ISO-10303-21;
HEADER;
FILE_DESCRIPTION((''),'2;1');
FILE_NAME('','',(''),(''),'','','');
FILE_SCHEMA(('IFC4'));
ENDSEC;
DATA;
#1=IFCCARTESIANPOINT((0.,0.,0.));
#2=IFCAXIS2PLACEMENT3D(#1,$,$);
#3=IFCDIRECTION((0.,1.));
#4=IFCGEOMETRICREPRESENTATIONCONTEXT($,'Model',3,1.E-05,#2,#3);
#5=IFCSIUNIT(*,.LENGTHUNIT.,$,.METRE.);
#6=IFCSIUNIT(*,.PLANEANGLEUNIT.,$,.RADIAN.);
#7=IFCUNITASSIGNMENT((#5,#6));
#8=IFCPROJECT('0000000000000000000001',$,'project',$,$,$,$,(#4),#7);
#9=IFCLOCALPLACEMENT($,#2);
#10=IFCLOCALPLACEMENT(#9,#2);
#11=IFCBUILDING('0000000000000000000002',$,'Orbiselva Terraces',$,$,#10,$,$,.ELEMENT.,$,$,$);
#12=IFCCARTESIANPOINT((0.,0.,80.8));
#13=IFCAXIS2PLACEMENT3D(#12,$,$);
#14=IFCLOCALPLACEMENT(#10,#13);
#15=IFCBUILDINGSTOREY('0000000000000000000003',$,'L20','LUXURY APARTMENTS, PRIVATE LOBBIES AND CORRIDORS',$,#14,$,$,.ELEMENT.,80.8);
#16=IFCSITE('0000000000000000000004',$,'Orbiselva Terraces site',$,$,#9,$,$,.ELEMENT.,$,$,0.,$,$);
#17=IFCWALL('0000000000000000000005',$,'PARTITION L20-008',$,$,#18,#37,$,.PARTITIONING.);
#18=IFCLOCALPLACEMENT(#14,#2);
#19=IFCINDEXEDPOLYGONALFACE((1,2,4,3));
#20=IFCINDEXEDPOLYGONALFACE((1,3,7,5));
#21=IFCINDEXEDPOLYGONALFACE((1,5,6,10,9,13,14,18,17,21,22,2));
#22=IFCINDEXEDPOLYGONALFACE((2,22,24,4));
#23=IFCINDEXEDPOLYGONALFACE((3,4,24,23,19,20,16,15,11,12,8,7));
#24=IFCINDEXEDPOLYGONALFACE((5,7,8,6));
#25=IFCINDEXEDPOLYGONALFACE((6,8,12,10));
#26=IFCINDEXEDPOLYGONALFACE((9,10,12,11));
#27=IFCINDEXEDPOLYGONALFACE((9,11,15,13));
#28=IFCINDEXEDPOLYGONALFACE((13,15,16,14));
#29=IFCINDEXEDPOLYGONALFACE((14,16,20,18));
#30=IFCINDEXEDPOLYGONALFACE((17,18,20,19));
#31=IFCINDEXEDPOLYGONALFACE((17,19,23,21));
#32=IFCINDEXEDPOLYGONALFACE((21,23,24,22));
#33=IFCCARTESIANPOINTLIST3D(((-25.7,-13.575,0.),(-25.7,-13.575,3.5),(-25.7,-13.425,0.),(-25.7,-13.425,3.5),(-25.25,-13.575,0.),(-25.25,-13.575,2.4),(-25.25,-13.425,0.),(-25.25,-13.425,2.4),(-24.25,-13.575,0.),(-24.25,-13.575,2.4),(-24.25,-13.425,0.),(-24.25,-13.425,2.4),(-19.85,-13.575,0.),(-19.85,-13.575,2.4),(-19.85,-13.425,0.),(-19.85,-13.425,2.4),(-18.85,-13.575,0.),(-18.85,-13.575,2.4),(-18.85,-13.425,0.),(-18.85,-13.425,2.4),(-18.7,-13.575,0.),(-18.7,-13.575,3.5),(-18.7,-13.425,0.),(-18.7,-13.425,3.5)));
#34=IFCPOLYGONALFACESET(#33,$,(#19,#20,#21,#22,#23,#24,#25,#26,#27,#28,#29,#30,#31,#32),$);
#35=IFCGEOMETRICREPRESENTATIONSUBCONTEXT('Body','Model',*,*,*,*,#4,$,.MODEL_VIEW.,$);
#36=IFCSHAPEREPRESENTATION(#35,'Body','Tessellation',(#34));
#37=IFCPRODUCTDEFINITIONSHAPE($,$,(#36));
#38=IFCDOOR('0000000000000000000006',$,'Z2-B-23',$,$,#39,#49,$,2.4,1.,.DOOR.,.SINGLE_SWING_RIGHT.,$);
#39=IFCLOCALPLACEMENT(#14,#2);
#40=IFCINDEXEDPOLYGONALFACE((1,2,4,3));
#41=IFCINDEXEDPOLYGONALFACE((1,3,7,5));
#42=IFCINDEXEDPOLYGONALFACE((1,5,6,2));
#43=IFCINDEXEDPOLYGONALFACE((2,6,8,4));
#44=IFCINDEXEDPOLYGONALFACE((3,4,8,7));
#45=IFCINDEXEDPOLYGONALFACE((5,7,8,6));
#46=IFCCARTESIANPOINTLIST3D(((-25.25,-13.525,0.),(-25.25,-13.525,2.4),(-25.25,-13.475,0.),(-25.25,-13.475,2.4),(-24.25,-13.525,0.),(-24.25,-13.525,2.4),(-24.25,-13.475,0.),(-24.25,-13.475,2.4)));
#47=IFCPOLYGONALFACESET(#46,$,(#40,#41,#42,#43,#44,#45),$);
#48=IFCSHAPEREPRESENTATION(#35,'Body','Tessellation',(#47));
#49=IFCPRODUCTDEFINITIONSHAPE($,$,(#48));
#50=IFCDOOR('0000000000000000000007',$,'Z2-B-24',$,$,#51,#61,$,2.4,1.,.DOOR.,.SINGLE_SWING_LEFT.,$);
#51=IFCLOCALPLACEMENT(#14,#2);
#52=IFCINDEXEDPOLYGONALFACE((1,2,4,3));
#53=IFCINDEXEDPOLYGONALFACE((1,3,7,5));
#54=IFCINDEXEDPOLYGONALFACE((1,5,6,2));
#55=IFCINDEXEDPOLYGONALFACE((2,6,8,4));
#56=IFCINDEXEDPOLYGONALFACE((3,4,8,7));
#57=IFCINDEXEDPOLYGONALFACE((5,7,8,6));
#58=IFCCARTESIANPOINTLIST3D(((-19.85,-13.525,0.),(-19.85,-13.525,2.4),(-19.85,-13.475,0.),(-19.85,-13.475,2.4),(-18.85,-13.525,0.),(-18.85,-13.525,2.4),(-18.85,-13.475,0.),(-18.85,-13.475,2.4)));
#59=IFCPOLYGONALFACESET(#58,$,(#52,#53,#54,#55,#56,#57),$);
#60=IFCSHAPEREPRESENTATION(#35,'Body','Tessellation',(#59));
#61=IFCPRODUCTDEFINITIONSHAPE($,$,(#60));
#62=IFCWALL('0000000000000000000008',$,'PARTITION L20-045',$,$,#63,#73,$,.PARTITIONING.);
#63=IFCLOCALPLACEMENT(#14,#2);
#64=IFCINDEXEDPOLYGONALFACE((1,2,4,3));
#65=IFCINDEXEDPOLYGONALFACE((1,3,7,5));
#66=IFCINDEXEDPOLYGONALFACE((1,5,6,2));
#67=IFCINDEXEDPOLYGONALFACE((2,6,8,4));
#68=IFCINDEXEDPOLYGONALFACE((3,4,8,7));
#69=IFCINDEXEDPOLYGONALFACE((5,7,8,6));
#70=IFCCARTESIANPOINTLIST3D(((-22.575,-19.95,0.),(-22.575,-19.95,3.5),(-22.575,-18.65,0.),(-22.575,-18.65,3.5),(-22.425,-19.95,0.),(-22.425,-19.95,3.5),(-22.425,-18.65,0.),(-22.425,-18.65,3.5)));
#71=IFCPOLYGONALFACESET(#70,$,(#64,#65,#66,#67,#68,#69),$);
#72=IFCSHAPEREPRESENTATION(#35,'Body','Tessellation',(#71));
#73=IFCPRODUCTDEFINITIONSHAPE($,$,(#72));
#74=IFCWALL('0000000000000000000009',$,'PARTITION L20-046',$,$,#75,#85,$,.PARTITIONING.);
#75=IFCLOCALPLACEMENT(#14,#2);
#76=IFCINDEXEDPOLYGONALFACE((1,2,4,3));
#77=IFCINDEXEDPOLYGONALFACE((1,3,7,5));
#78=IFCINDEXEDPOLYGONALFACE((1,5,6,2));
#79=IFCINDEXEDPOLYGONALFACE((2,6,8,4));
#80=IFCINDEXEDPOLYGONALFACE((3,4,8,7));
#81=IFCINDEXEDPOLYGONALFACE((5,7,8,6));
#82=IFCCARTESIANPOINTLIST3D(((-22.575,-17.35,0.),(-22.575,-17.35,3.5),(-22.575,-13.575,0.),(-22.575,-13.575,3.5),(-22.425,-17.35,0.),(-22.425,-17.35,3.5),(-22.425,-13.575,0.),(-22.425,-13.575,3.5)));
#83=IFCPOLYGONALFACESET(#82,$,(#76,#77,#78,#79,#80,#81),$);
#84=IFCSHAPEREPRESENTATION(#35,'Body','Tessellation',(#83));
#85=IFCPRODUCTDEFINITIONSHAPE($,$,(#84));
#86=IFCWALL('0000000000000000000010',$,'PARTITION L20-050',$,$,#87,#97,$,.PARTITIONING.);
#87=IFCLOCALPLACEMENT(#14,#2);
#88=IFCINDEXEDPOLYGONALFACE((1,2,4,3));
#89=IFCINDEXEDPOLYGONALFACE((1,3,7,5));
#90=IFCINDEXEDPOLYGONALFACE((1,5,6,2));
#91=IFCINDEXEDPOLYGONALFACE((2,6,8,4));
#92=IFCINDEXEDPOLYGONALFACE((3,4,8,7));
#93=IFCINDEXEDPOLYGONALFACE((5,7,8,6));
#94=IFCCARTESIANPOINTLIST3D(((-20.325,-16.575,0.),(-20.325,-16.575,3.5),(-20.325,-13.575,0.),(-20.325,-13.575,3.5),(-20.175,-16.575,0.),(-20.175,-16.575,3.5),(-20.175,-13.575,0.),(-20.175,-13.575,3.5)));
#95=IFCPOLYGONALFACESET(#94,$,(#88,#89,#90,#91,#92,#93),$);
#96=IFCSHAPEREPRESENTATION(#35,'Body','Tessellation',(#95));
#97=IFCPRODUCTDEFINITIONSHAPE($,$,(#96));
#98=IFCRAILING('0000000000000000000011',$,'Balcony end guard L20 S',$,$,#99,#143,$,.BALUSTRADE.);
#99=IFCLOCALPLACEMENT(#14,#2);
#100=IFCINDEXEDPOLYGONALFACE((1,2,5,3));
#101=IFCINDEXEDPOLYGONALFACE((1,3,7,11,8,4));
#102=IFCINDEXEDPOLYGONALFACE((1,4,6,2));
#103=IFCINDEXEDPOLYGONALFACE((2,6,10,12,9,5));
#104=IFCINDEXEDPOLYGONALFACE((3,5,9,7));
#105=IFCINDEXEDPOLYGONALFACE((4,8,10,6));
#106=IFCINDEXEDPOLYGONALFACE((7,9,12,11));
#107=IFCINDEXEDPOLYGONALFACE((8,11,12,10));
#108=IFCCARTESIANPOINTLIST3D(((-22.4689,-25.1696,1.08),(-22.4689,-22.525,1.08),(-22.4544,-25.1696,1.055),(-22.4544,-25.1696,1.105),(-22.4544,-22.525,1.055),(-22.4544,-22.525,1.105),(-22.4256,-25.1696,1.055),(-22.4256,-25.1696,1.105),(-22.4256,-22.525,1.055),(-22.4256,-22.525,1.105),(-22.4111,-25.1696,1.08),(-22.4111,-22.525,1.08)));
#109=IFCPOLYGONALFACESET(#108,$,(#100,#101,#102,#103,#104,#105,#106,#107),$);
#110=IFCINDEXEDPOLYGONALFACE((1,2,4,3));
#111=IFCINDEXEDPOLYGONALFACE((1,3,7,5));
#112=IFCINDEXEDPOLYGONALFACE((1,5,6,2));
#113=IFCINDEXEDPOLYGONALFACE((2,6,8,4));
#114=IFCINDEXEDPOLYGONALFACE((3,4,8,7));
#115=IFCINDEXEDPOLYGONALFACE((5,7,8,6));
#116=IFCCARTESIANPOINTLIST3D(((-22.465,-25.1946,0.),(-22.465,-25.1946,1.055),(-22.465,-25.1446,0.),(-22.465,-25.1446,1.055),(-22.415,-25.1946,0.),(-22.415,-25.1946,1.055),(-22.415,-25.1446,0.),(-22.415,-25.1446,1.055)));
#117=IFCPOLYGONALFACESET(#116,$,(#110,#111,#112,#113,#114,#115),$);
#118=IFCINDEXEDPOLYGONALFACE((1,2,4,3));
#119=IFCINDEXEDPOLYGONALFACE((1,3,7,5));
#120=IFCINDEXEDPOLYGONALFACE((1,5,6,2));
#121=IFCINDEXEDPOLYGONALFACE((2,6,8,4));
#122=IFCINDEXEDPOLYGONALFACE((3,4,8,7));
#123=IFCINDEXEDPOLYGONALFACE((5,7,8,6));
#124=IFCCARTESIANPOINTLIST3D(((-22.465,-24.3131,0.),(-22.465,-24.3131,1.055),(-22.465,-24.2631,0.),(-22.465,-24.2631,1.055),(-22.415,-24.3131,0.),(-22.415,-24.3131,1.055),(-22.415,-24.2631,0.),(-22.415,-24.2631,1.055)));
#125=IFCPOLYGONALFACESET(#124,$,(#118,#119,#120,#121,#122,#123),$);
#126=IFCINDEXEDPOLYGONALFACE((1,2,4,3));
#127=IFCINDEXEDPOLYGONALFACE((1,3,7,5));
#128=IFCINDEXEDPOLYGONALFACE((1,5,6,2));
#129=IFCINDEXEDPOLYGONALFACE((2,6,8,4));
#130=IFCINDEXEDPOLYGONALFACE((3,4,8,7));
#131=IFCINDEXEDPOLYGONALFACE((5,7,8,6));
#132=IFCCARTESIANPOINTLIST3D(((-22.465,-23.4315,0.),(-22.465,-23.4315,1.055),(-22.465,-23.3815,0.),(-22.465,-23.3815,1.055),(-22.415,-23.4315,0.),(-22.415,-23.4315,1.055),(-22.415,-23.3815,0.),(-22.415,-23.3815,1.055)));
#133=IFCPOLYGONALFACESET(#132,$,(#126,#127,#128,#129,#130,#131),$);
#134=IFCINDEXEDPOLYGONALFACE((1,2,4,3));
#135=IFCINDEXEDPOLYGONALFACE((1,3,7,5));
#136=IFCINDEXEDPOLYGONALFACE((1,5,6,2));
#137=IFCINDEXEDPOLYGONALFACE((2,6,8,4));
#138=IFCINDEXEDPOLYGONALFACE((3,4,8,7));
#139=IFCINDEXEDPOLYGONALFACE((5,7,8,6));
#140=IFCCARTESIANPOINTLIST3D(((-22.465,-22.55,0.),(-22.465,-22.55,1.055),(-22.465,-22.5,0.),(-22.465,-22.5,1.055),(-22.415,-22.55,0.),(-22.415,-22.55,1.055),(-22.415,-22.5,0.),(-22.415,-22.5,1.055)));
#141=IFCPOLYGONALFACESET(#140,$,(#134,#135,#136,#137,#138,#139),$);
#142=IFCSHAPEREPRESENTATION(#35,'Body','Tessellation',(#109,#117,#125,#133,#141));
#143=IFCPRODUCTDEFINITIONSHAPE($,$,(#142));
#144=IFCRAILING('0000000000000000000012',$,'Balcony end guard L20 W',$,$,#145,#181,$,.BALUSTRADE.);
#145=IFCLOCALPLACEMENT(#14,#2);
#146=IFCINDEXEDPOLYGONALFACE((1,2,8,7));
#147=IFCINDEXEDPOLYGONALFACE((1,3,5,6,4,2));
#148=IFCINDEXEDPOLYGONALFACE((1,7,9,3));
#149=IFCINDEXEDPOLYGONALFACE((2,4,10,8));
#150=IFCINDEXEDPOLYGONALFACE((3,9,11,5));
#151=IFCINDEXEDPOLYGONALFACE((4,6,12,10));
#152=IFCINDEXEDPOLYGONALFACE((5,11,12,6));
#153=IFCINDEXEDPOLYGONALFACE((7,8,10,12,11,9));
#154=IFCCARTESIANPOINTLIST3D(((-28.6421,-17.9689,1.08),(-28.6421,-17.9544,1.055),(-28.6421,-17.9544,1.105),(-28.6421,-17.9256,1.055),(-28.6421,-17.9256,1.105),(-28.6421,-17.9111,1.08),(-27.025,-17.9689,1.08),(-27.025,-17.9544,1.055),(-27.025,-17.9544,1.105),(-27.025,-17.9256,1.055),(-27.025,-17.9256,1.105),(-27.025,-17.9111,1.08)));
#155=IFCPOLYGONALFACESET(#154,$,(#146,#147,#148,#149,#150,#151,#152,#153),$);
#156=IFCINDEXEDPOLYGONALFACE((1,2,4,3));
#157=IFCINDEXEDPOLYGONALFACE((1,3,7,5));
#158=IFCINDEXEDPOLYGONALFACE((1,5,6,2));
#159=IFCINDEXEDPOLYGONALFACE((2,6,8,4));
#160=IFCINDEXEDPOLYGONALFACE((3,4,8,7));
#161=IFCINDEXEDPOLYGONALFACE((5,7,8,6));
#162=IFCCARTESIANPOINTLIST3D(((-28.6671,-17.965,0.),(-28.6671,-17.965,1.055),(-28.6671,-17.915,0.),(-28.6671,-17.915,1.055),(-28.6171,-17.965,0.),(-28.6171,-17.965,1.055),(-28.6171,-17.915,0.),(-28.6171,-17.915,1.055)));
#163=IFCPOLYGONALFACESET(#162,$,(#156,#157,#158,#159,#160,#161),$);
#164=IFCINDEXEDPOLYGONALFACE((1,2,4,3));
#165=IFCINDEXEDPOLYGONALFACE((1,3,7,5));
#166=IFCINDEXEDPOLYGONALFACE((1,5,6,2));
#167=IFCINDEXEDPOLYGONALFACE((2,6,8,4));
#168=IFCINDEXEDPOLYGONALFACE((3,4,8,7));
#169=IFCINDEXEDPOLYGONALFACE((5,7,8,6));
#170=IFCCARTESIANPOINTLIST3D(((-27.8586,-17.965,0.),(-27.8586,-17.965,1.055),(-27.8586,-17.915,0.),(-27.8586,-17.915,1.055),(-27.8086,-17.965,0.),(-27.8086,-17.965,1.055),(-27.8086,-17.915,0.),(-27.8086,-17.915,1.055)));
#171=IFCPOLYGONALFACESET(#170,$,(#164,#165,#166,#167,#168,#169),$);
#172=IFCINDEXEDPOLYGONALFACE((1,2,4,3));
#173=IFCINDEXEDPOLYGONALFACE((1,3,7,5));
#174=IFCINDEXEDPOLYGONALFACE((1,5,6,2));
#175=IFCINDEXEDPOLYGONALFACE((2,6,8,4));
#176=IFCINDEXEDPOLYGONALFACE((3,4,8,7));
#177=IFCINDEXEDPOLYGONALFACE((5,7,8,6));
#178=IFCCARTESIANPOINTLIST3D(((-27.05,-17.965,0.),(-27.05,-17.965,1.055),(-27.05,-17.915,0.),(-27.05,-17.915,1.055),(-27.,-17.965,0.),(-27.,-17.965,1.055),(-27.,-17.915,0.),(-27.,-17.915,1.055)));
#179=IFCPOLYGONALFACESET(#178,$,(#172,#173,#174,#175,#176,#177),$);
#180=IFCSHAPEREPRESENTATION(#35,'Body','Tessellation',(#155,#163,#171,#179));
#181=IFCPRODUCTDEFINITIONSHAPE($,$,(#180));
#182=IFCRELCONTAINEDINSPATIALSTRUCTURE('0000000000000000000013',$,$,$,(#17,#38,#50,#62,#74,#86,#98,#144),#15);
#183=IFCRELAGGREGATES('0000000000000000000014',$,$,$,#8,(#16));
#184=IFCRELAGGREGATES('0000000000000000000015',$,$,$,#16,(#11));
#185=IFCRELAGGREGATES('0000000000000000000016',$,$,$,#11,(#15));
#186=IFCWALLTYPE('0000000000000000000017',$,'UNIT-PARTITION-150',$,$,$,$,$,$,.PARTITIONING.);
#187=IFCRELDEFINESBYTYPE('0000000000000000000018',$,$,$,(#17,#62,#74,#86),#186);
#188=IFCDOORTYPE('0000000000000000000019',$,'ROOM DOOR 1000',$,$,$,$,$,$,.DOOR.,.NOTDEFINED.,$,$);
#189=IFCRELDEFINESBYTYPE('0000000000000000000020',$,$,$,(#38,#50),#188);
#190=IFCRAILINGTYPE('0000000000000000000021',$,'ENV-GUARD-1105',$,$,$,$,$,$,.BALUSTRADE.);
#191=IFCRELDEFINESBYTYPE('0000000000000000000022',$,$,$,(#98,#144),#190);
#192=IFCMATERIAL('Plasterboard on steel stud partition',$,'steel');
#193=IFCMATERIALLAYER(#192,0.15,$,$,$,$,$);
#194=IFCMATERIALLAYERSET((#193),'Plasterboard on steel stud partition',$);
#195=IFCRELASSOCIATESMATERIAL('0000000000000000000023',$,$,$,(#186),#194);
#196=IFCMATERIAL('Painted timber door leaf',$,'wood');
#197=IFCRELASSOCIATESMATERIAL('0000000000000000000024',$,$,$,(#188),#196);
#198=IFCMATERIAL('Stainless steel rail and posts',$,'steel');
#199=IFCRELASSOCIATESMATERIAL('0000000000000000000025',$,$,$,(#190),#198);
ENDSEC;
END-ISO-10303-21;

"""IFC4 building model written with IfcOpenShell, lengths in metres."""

from ifc_helpers import new_model, si_unit, direction, frame, frame_2d, origin, origin_2d, place, context, subcontext, project, spatial, polyline, rectangle, outline, extrude, material, layer, layer_set, type_object, element, fill, save


model = new_model("IFC4")

# Units and contexts
model_context = context("Model", 3, precision=1e-05, world=origin(), true_north=direction((0.0, 1.0)))
body_context = subcontext(model_context, "Body", "Model", "MODEL_VIEW")
ifc_project = project(units=[si_unit("LENGTHUNIT", "METRE"), si_unit("PLANEANGLEUNIT", "RADIAN")], contexts=[model_context])

# Site, building, storey
site_placement = place(None, origin())
site = spatial("IfcSite", under=ifc_project, at=site_placement, Name="Orbiselva Terraces site", CompositionType="ELEMENT", RefElevation=0.0)
building_placement = place(site_placement, origin())
building = spatial("IfcBuilding", under=site, at=building_placement, Name="Orbiselva Terraces", CompositionType="ELEMENT")
storey_placement = place(building_placement, frame((0.0, 0.0, 80.8)))
storey = spatial("IfcBuildingStorey", under=building, at=storey_placement, Name="L20", Description="LUXURY APARTMENTS, PRIVATE LOBBIES AND CORRIDORS", CompositionType="ELEMENT", Elevation=80.8)

# Shared definitions
ifc_material_1 = material(Name="Plasterboard on steel stud partition", Category="steel")
ifc_layer_1 = layer(ifc_material_1, 0.15)
ifc_layer_set_1 = layer_set([ifc_layer_1], Name="Plasterboard on steel stud partition")
wall_type_1 = type_object("IfcWallType", Name="UNIT-PARTITION-150", PredefinedType="PARTITIONING", material=ifc_layer_set_1)
ifc_material_2 = material(Name="Painted timber door leaf", Category="wood")

# Wall, openings, doors
wall_1_placement = place(storey_placement, frame((-18.7, -13.5, 0.0), z_axis=(0.0, 0.0, 1.0), x_axis=(-1.0, 0.0, 0.0)))
wall_1 = element("IfcWall", 1, at=wall_1_placement, inside=storey, type_object=wall_type_1, Name="PARTITION L20-008", PredefinedType="PARTITIONING", context=body_context, shape_type="SweptSolid", body=[
    extrude(rectangle(XDim=7.0, YDim=0.15, at=frame_2d((3.5, 0.0))), origin(), (0.0, 0.0, 1.0), 3.5),
])
opening_1_placement = place(wall_1_placement, frame((5.55, 0.0, 0.0)))
opening_1 = element("IfcOpeningElement", 2, at=opening_1_placement, cuts=wall_1, PredefinedType="OPENING", context=body_context, shape_type="SweptSolid", body=[
    extrude(rectangle(XDim=1.0, YDim=2.4, at=frame_2d((0.5, 1.2))), frame((0.0, 0.085, 0.0), z_axis=(0.0, -1.0, 0.0), x_axis=(1.0, 0.0, 0.0)), (0.0, 0.0, 1.0), 0.17),
])
opening_2_placement = place(wall_1_placement, frame((0.15, 0.0, 0.0)))
opening_2 = element("IfcOpeningElement", 3, at=opening_2_placement, cuts=wall_1, PredefinedType="OPENING", context=body_context, shape_type="SweptSolid", body=[
    extrude(rectangle(XDim=1.0, YDim=2.4, at=frame_2d((0.5, 1.2))), frame((0.0, 0.085, 0.0), z_axis=(0.0, -1.0, 0.0), x_axis=(1.0, 0.0, 0.0)), (0.0, 0.0, 1.0), 0.17),
])
door_type_1 = type_object("IfcDoorType", Name="ROOM DOOR 1000", OperationType="NOTDEFINED", PredefinedType="DOOR", material=ifc_material_2)
door_1_placement = place(opening_1_placement, origin())
door_1 = element("IfcDoor", 4, at=door_1_placement, inside=storey, type_object=door_type_1, Name="Z2-B-23", OperationType="SINGLE_SWING_RIGHT", OverallHeight=2.4, OverallWidth=1.0, PredefinedType="DOOR", context=body_context, shape_type="SweptSolid", body=[
    extrude(rectangle(XDim=1.0, YDim=2.4, at=frame_2d((0.5, 1.2))), frame((0.0, 0.025, 0.0), z_axis=(0.0, -1.0, 0.0), x_axis=(1.0, 0.0, 0.0)), (0.0, 0.0, 1.0), 0.05),
])
fill(opening_1, door_1)
door_2_placement = place(opening_2_placement, origin())
door_2 = element("IfcDoor", 5, at=door_2_placement, inside=storey, type_object=door_type_1, Name="Z2-B-24", OperationType="SINGLE_SWING_LEFT", OverallHeight=2.4, OverallWidth=1.0, PredefinedType="DOOR", context=body_context, shape_type="SweptSolid", body=[
    extrude(rectangle(XDim=1.0, YDim=2.4, at=frame_2d((0.5, 1.2))), frame((0.0, 0.025, 0.0), z_axis=(0.0, -1.0, 0.0), x_axis=(1.0, 0.0, 0.0)), (0.0, 0.0, 1.0), 0.05),
])
fill(opening_2, door_2)

# Walls
wall_2_placement = place(storey_placement, frame((-22.5, -19.95, 0.0), z_axis=(0.0, 0.0, 1.0), x_axis=(0.0, 1.0, 0.0)))
element("IfcWall", 6, at=wall_2_placement, inside=storey, type_object=wall_type_1, Name="PARTITION L20-045", PredefinedType="PARTITIONING", context=body_context, shape_type="SweptSolid", body=[
    extrude(rectangle(XDim=1.3, YDim=0.15, at=frame_2d((0.65, 0.0))), origin(), (0.0, 0.0, 1.0), 3.5),
])
wall_3_placement = place(storey_placement, frame((-22.5, -17.35, 0.0), z_axis=(0.0, 0.0, 1.0), x_axis=(0.0, 1.0, 0.0)))
element("IfcWall", 7, at=wall_3_placement, inside=storey, type_object=wall_type_1, Name="PARTITION L20-046", PredefinedType="PARTITIONING", context=body_context, shape_type="SweptSolid", body=[
    extrude(rectangle(XDim=3.775, YDim=0.15, at=frame_2d((1.8875, 0.0))), origin(), (0.0, 0.0, 1.0), 3.5),
])
wall_4_placement = place(storey_placement, frame((-20.25, -16.575, 0.0), z_axis=(0.0, 0.0, 1.0), x_axis=(0.0, 1.0, 0.0)))
element("IfcWall", 8, at=wall_4_placement, inside=storey, type_object=wall_type_1, Name="PARTITION L20-050", PredefinedType="PARTITIONING", context=body_context, shape_type="SweptSolid", body=[
    extrude(rectangle(XDim=3.0, YDim=0.15, at=frame_2d((1.5, 0.0))), origin(), (0.0, 0.0, 1.0), 3.5),
])

# Railings
ifc_material_3 = material(Name="Stainless steel rail and posts", Category="steel")
railing_type_1 = type_object("IfcRailingType", Name="ENV-GUARD-1105", PredefinedType="BALUSTRADE", material=ifc_material_3)
railing_1_placement = place(storey_placement, frame((-22.44, -25.1696, 0.0)))
element("IfcRailing", 9, at=railing_1_placement, inside=storey, type_object=railing_type_1, Name="Balcony end guard L20 S", PredefinedType="BALUSTRADE", context=body_context, shape_type="SweptSolid", body=[
    extrude(outline(polyline([(0.0289, 0.0), (0.0144, 0.025), (-0.0144, 0.025), (-0.0289, 0.0), (-0.0144, -0.025), (0.0144, -0.025), (0.0289, 0.0)])), frame((0.0, 0.0, 1.08), z_axis=(0.0, 1.0, 0.0), x_axis=(-1.0, 0.0, 0.0)), (0.0, 0.0, 1.0), 2.6446),
    extrude(rectangle(XDim=0.05, YDim=0.05, at=origin_2d()), origin(), (0.0, 0.0, 1.0), 1.055),
    extrude(rectangle(XDim=0.05, YDim=0.05, at=origin_2d()), frame((0.0, 0.8815, 0.0)), (0.0, 0.0, 1.0), 1.055),
    extrude(rectangle(XDim=0.05, YDim=0.05, at=origin_2d()), frame((0.0, 1.7631, 0.0)), (0.0, 0.0, 1.0), 1.055),
    extrude(rectangle(XDim=0.05, YDim=0.05, at=origin_2d()), frame((0.0, 2.6446, 0.0)), (0.0, 0.0, 1.0), 1.055),
])
railing_2_placement = place(storey_placement, frame((-28.6421, -17.94, 0.0)))
element("IfcRailing", 10, at=railing_2_placement, inside=storey, type_object=railing_type_1, Name="Balcony end guard L20 W", PredefinedType="BALUSTRADE", context=body_context, shape_type="SweptSolid", body=[
    extrude(outline(polyline([(0.0289, 0.0), (0.0144, 0.025), (-0.0144, 0.025), (-0.0289, 0.0), (-0.0144, -0.025), (0.0144, -0.025), (0.0289, 0.0)])), frame((0.0, 0.0, 1.08), z_axis=(1.0, 0.0, 0.0), x_axis=(0.0, 1.0, 0.0)), (0.0, 0.0, 1.0), 1.6171),
    extrude(rectangle(XDim=0.05, YDim=0.05, at=origin_2d()), origin(), (0.0, 0.0, 1.0), 1.055),
    extrude(rectangle(XDim=0.05, YDim=0.05, at=origin_2d()), frame((0.8086, 0.0, 0.0)), (0.0, 0.0, 1.0), 1.055),
    extrude(rectangle(XDim=0.05, YDim=0.05, at=origin_2d()), frame((1.6171, 0.0, 0.0)), (0.0, 0.0, 1.0), 1.055),
])

save(model, "model.ifc")
